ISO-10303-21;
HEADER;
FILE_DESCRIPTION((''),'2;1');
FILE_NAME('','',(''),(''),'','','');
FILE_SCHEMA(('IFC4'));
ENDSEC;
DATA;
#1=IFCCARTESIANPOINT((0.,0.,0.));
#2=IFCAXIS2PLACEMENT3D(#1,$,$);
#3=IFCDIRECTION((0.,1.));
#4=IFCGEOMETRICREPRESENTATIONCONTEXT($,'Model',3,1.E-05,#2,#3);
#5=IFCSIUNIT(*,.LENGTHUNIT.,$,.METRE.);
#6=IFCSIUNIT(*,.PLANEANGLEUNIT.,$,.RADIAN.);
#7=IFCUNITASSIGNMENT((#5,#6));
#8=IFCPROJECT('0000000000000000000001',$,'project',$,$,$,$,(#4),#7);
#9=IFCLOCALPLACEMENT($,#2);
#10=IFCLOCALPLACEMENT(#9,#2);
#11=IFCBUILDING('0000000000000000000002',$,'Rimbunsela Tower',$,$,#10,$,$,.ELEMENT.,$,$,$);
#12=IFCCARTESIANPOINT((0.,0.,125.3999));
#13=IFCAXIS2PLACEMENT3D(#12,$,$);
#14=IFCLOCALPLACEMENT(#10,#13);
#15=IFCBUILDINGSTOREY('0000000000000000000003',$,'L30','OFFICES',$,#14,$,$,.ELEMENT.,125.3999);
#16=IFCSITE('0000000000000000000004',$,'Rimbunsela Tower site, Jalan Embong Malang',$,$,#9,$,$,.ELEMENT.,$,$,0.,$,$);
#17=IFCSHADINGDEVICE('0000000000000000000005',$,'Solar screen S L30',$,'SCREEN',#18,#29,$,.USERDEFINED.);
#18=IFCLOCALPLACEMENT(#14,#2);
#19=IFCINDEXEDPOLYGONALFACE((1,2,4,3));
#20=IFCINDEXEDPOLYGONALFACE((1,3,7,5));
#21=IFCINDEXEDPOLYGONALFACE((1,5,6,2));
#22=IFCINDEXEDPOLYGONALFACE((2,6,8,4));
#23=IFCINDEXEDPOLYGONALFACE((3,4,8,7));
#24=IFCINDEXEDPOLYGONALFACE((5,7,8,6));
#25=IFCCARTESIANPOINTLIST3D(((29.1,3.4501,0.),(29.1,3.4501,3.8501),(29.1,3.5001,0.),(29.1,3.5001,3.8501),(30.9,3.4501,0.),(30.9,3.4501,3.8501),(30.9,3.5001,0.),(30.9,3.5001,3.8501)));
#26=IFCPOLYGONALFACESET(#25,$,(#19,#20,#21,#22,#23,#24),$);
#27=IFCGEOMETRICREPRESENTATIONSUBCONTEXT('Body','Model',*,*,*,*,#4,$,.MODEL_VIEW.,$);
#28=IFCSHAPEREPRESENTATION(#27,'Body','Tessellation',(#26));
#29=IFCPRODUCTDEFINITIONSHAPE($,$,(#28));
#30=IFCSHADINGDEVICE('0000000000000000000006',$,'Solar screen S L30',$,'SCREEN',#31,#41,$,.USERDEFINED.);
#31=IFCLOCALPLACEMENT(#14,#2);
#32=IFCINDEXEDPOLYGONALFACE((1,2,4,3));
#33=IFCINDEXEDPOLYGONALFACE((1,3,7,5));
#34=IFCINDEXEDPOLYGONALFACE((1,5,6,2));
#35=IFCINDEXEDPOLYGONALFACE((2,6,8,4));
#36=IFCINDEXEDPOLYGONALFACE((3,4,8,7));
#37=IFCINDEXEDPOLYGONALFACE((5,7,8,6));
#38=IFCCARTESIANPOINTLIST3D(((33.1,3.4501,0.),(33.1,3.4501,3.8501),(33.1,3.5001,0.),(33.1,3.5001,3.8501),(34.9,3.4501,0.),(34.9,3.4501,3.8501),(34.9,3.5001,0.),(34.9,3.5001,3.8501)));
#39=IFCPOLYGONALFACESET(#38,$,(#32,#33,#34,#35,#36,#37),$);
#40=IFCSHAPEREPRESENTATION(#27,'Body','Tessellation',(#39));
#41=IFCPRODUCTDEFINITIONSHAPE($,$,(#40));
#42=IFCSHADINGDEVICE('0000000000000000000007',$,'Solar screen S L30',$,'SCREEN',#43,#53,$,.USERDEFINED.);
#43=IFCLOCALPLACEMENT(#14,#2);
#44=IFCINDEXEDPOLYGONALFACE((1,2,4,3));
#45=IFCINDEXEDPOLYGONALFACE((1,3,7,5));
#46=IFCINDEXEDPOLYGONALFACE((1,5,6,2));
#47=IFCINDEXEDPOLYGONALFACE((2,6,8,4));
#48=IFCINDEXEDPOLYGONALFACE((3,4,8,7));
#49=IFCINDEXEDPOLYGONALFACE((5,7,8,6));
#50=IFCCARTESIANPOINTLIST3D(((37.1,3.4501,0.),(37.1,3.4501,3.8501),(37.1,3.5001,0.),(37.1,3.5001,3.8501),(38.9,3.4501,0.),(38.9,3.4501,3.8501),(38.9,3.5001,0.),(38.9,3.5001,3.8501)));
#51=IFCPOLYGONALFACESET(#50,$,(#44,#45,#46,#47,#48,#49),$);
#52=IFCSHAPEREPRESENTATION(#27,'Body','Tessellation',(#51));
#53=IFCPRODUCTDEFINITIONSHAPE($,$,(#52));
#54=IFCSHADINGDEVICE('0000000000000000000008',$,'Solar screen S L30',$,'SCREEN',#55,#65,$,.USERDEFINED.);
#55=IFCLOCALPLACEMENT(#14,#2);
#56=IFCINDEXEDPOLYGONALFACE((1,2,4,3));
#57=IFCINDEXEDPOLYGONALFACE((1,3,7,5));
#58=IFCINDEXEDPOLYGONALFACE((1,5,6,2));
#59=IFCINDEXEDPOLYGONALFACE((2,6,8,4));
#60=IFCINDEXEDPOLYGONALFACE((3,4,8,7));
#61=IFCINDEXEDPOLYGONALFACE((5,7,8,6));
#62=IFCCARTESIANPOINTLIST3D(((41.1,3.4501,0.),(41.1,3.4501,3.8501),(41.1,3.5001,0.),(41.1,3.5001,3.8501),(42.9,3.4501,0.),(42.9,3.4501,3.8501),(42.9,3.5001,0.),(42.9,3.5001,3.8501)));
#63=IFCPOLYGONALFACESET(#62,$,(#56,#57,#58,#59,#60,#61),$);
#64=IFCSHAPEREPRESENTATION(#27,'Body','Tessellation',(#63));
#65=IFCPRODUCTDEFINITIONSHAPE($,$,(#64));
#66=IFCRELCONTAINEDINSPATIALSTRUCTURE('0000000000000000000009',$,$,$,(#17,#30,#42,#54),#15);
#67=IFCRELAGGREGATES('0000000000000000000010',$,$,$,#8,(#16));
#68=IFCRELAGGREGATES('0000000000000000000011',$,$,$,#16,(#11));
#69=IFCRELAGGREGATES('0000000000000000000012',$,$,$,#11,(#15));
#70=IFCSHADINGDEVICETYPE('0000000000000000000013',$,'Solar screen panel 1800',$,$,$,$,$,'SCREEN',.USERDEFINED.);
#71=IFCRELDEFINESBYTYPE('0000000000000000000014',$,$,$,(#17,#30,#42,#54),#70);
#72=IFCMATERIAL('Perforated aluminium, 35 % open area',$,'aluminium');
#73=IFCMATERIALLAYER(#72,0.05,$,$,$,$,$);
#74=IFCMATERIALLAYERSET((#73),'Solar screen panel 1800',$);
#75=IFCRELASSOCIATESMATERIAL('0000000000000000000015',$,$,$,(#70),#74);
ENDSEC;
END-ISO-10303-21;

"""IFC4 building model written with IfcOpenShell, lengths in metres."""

from ifc_helpers import new_model, si_unit, direction, frame, origin, origin_2d, place, context, subcontext, project, spatial, rectangle, extrude, material, layer, layer_set, type_object, element, save


model = new_model("IFC4")

# Units and contexts
model_context = context("Model", 3, precision=1e-05, world=origin(), true_north=direction((0.0, 1.0)))
body_context = subcontext(model_context, "Body", "Model", "MODEL_VIEW")
ifc_project = project(units=[si_unit("LENGTHUNIT", "METRE"), si_unit("PLANEANGLEUNIT", "RADIAN")], contexts=[model_context])

# Site, building, storey
site_placement = place(None, origin())
site = spatial("IfcSite", under=ifc_project, at=site_placement, Name="Rimbunsela Tower site, Jalan Embong Malang", CompositionType="ELEMENT", RefElevation=0.0)
building_placement = place(site_placement, origin())
building = spatial("IfcBuilding", under=site, at=building_placement, Name="Rimbunsela Tower", CompositionType="ELEMENT")
storey_placement = place(building_placement, frame((0.0, 0.0, 125.3999)))
storey = spatial("IfcBuildingStorey", under=building, at=storey_placement, Name="L30", Description="OFFICES", CompositionType="ELEMENT", Elevation=125.3999)

# Shading devices
ifc_material_1 = material(Name="Perforated aluminium, 35 % open area", Category="aluminium")
ifc_layer_1 = layer(ifc_material_1, 0.05)
ifc_layer_set_1 = layer_set([ifc_layer_1], Name="Solar screen panel 1800")
shading_device_type = type_object("IfcShadingDeviceType", Name="Solar screen panel 1800", ElementType="SCREEN", PredefinedType="USERDEFINED", material=ifc_layer_set_1)
for number, where, z_axis, x_axis, name in (
    (1, (30.0, 3.4751, 0.0), (0.0, 0.0, 1.0), (1.0, 0.0, 0.0), "Solar screen S L30"),
    (2, (34.0, 3.4751, 0.0), (0.0, 0.0, 1.0), (1.0, 0.0, 0.0), "Solar screen S L30"),
    (3, (38.0, 3.4751, 0.0), (0.0, 0.0, 1.0), (1.0, 0.0, 0.0), "Solar screen S L30"),
    (4, (42.0, 3.4751, 0.0), (0.0, 0.0, 1.0), (1.0, 0.0, 0.0), "Solar screen S L30"),
):
    element("IfcShadingDevice", number, at=place(storey_placement, frame(where, z_axis=z_axis, x_axis=x_axis)), inside=storey, type_object=shading_device_type, Name=name, ObjectType="SCREEN", PredefinedType="USERDEFINED", context=body_context, shape_type="SweptSolid", body=[
        extrude(rectangle(XDim=1.8, YDim=0.05, at=origin_2d()), origin(), (0.0, 0.0, 1.0), 3.8501),
    ])

save(model, "model.ifc")
